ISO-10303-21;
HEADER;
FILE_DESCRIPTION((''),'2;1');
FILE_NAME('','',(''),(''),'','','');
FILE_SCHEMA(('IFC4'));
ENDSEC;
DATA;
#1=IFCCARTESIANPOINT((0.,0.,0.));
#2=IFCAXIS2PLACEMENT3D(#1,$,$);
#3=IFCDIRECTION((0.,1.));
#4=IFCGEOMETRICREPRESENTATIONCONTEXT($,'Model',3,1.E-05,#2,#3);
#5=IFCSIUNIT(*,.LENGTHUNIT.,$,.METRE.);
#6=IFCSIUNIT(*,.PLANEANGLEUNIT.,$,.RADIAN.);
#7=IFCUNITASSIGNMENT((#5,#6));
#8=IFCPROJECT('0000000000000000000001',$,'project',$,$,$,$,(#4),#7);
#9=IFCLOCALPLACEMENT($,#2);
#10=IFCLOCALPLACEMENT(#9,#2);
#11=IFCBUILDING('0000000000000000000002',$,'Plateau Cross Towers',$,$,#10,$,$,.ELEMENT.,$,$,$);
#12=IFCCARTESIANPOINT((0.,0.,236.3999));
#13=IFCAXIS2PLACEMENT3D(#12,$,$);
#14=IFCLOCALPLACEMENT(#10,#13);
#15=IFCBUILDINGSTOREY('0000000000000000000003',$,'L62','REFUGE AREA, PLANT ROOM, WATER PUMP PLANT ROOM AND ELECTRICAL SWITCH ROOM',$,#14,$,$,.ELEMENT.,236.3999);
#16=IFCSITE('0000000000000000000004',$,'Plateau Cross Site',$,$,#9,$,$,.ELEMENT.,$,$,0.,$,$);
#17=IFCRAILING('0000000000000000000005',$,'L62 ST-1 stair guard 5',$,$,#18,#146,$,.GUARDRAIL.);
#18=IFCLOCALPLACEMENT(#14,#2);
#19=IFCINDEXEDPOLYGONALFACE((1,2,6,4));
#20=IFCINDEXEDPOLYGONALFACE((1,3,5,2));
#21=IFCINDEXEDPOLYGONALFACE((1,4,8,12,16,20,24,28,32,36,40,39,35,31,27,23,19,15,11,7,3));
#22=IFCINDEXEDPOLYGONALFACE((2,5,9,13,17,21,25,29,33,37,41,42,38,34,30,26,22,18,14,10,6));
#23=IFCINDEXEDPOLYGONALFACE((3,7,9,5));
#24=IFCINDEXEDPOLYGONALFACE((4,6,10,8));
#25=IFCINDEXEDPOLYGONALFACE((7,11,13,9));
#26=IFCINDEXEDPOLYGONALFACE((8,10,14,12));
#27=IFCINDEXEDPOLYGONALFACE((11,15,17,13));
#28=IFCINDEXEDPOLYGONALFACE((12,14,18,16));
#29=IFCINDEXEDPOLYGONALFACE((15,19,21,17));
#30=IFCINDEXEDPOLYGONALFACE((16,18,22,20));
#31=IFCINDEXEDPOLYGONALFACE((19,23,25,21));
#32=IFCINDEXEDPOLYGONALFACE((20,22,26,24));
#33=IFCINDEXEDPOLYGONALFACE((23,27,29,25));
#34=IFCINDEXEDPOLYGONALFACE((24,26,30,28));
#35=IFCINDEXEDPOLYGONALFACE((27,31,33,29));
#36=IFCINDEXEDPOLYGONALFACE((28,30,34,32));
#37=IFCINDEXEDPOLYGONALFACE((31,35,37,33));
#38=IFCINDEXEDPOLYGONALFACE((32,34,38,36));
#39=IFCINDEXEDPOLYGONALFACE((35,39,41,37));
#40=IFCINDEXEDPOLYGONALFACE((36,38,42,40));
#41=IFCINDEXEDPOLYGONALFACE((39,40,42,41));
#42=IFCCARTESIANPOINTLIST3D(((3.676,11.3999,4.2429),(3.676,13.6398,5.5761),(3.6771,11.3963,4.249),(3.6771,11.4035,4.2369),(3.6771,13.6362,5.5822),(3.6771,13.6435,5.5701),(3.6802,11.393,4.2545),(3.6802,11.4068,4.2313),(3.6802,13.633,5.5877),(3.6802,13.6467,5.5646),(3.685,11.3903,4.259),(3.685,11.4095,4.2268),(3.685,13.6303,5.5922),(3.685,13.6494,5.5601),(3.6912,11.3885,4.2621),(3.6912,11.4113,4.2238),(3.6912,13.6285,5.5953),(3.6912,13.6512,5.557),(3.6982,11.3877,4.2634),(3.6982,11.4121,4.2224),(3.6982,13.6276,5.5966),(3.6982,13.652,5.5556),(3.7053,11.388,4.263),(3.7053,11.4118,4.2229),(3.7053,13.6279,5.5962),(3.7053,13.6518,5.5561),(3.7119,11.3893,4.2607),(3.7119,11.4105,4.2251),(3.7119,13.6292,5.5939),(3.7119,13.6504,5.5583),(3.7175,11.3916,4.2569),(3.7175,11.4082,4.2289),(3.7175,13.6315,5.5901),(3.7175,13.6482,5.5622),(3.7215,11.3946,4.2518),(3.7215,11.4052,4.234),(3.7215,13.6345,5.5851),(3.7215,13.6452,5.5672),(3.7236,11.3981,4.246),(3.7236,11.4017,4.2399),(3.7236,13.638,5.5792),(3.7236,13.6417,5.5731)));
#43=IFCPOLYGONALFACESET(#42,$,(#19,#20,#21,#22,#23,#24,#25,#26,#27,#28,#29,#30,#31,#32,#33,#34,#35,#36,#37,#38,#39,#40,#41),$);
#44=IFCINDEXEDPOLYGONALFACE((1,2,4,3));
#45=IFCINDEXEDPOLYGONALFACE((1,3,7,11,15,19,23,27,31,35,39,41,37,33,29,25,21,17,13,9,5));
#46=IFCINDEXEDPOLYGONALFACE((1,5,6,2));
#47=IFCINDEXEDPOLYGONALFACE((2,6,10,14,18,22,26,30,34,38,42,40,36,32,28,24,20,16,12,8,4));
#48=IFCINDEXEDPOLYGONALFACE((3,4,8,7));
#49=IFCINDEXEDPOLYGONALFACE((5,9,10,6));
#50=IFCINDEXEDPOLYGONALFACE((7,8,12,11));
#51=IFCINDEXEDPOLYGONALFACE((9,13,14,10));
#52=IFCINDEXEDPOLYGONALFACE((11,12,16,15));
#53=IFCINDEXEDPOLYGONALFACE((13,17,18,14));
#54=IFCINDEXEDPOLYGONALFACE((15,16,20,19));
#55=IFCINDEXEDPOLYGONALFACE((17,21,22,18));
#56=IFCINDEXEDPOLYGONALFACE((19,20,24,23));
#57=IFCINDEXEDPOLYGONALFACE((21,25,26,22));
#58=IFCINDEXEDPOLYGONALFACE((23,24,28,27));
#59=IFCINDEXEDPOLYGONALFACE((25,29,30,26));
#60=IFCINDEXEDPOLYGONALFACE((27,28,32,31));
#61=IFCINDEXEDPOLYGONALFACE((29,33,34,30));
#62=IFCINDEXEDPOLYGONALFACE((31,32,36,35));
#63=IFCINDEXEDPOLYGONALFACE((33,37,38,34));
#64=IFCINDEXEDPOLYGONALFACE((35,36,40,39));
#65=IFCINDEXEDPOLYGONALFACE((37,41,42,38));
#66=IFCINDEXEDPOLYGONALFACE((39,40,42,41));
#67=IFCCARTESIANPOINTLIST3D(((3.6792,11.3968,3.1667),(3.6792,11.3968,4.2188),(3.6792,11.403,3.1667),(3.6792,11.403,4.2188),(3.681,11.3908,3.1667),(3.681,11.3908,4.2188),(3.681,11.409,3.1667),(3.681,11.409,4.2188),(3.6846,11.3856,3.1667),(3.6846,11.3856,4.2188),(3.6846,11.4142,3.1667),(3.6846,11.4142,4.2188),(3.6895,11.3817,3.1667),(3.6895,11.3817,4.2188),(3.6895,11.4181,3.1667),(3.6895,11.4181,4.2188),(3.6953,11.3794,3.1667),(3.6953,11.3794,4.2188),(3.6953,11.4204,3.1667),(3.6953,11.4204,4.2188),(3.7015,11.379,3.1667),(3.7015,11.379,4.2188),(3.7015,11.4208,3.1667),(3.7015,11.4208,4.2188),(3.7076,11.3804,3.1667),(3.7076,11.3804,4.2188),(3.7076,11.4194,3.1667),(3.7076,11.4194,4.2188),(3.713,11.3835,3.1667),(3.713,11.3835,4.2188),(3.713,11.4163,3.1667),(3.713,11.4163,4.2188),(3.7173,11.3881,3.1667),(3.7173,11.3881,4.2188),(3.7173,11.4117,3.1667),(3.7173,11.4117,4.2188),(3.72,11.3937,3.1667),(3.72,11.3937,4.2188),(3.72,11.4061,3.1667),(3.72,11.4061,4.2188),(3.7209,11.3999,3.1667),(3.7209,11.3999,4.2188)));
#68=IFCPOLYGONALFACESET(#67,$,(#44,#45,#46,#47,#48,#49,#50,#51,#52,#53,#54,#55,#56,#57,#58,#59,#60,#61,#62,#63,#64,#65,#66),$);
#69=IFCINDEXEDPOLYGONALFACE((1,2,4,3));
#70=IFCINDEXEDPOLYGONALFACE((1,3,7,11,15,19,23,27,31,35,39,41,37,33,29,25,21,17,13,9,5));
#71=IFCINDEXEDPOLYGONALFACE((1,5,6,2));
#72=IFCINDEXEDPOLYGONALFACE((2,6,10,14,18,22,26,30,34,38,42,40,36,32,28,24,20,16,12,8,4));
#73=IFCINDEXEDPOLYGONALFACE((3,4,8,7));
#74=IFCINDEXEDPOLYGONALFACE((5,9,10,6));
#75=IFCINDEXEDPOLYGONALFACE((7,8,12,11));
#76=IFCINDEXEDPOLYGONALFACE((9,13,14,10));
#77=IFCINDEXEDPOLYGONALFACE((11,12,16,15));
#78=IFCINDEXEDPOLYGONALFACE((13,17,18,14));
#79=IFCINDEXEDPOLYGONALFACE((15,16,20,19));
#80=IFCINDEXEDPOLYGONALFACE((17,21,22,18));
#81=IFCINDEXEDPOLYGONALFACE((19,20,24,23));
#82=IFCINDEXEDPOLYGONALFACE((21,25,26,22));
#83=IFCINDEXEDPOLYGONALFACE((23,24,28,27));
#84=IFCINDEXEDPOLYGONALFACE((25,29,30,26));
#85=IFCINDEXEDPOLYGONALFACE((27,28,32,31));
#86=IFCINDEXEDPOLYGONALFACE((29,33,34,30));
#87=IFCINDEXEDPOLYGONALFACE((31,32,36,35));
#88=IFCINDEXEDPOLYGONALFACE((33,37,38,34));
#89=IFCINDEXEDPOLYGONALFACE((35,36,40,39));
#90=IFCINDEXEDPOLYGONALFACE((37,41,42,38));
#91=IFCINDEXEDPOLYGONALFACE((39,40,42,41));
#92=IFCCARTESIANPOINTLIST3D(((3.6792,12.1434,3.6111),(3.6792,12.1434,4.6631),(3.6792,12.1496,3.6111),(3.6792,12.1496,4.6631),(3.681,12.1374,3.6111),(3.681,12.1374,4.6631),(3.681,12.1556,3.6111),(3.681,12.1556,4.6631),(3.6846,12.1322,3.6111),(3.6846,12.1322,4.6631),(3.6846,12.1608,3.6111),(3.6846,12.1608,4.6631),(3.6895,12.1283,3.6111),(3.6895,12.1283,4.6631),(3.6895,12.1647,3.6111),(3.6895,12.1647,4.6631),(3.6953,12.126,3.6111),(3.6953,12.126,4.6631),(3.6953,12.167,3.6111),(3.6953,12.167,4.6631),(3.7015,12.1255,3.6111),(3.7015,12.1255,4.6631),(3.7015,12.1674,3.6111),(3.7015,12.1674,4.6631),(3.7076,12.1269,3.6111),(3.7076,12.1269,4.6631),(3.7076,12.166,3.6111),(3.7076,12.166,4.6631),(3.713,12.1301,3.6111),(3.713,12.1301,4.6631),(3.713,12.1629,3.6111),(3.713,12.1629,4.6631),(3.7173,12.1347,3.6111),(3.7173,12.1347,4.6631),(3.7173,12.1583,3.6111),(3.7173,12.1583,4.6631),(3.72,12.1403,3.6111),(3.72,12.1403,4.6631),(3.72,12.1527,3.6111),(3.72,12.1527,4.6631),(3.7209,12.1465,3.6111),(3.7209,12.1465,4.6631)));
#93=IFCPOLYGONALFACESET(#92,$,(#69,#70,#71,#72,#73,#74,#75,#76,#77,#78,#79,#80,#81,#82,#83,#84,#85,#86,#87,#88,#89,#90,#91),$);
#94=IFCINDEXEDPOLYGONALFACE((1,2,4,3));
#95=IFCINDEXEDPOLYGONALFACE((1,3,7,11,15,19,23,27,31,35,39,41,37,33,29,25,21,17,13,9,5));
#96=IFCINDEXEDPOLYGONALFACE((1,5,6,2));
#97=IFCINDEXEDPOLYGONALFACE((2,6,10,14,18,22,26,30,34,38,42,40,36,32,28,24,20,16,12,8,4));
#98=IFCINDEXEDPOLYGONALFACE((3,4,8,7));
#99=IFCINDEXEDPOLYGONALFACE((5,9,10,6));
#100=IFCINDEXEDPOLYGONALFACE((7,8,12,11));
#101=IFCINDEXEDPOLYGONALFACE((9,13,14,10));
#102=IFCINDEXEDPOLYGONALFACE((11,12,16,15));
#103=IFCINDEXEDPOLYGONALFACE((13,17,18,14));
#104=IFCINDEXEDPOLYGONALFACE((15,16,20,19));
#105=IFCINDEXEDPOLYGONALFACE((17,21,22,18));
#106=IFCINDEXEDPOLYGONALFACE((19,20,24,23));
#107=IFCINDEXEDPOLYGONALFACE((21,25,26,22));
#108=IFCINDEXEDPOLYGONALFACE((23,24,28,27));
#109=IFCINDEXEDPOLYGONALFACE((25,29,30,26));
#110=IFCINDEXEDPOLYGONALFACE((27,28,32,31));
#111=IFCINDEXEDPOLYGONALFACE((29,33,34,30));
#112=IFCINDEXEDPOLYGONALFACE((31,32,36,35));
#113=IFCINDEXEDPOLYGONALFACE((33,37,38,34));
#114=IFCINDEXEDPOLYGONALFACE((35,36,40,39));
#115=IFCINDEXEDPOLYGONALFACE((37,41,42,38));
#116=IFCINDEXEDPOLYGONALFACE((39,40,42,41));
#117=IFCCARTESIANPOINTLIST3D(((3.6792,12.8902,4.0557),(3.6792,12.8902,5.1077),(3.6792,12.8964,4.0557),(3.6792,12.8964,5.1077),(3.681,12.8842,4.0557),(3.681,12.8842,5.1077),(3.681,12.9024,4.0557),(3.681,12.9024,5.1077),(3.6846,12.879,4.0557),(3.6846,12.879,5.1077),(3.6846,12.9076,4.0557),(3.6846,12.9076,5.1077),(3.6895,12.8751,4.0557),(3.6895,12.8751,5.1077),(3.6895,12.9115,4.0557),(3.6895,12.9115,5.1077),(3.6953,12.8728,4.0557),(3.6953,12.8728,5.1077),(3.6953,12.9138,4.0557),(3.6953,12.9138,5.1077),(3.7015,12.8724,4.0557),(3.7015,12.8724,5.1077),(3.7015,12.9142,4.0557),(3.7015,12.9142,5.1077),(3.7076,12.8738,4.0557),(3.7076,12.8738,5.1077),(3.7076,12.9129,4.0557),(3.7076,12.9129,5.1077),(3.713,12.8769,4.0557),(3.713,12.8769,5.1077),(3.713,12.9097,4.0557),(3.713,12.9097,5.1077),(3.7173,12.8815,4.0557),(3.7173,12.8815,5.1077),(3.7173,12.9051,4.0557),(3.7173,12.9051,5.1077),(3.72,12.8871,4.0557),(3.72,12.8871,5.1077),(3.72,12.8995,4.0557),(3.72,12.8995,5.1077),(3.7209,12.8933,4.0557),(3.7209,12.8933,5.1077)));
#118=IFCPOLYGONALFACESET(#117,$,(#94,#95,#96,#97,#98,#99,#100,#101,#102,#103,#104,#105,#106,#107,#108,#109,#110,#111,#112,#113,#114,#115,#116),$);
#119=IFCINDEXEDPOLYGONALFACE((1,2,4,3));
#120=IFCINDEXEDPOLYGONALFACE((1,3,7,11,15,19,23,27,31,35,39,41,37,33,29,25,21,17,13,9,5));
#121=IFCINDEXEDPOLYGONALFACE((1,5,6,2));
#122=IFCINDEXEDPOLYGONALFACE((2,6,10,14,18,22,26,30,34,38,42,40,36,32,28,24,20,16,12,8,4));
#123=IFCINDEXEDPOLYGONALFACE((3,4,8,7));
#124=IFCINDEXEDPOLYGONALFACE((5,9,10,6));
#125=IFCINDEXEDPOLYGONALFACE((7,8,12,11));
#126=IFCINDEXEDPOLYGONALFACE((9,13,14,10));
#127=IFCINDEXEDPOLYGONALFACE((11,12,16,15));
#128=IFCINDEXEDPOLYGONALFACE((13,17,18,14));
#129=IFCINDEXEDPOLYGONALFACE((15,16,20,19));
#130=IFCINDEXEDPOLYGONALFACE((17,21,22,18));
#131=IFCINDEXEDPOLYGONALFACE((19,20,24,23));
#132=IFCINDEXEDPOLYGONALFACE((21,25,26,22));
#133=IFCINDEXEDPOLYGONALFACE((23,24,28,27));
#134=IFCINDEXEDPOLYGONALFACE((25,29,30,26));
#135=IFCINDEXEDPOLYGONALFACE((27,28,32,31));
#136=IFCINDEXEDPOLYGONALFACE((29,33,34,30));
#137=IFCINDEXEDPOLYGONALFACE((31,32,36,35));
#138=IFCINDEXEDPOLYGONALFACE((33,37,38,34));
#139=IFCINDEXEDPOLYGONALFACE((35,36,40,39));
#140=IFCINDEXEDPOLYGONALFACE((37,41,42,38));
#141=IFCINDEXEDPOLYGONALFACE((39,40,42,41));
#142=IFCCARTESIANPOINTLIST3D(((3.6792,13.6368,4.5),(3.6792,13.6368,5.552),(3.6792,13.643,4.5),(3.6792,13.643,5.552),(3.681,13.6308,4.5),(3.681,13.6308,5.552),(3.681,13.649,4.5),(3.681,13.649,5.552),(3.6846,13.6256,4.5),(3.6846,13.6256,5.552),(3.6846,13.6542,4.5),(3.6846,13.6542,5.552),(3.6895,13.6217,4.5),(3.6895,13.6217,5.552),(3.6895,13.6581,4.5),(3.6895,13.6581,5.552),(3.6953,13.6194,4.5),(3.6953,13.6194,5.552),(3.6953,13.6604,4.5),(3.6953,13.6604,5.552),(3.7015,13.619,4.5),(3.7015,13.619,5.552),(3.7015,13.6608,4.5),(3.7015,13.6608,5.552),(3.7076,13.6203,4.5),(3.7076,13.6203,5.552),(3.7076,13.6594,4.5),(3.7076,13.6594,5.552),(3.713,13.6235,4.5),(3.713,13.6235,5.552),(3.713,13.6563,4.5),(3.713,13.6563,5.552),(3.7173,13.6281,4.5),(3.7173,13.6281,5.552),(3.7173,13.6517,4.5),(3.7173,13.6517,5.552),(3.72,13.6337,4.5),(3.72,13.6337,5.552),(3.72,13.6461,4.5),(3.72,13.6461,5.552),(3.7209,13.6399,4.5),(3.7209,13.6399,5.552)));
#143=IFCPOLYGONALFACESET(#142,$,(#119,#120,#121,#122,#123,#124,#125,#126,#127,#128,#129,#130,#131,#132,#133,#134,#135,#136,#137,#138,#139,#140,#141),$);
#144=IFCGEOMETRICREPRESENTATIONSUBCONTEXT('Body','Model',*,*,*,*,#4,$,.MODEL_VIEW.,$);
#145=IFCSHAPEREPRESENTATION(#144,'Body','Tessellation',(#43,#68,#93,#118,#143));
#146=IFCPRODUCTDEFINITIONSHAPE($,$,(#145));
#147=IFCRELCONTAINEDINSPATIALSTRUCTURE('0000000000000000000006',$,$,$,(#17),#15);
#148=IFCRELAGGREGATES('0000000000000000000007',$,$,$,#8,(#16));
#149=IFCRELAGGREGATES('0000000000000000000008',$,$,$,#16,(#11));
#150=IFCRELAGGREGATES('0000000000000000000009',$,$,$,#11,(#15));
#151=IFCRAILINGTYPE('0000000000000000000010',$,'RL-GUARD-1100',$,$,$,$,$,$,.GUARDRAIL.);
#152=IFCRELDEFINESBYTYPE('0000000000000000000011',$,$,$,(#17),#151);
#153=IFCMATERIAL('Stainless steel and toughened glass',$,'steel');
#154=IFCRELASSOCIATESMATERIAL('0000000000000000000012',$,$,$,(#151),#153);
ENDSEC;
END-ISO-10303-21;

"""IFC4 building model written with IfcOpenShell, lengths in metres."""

from ifc_helpers import new_model, si_unit, direction, frame, origin, origin_2d, place, context, subcontext, project, spatial, circle, extrude, material, type_object, element, save


model = new_model("IFC4")

# Units and contexts
model_context = context("Model", 3, precision=1e-05, world=origin(), true_north=direction((0.0, 1.0)))
body_context = subcontext(model_context, "Body", "Model", "MODEL_VIEW")
ifc_project = project(units=[si_unit("LENGTHUNIT", "METRE"), si_unit("PLANEANGLEUNIT", "RADIAN")], contexts=[model_context])

# Site, building, storey
site_placement = place(None, origin())
site = spatial("IfcSite", under=ifc_project, at=site_placement, Name="Plateau Cross Site", CompositionType="ELEMENT", RefElevation=0.0)
building_placement = place(site_placement, origin())
building = spatial("IfcBuilding", under=site, at=building_placement, Name="Plateau Cross Towers", CompositionType="ELEMENT")
storey_placement = place(building_placement, frame((0.0, 0.0, 236.3999)))
storey = spatial("IfcBuildingStorey", under=building, at=storey_placement, Name="L62", Description="REFUGE AREA, PLANT ROOM, WATER PUMP PLANT ROOM AND ELECTRICAL SWITCH ROOM", CompositionType="ELEMENT", Elevation=236.3999)

# Railing
ifc_material_1 = material(Name="Stainless steel and toughened glass", Category="steel")
railing_type_1 = type_object("IfcRailingType", Name="RL-GUARD-1100", PredefinedType="GUARDRAIL", material=ifc_material_1)
railing_1_placement = place(storey_placement, frame((3.7, 11.3999, 3.1667)))
element("IfcRailing", 1, at=railing_1_placement, inside=storey, type_object=railing_type_1, Name="L62 ST-1 stair guard 5", PredefinedType="GUARDRAIL", context=body_context, shape_type="SweptSolid", body=[
    extrude(circle(Radius=0.0239, at=origin_2d()), frame((0.0, 0.0, 1.0762), z_axis=(0.0, 0.859306, 0.511462), x_axis=(-1.0, 0.0, 0.0)), (0.0, 0.0, 1.0), 2.6067),
    extrude(circle(Radius=0.021, at=origin_2d()), origin(), (0.0, 0.0, 1.0), 1.052),
    extrude(circle(Radius=0.021, at=origin_2d()), frame((0.0, 0.7466, 0.4443)), (0.0, 0.0, 1.0), 1.052),
    extrude(circle(Radius=0.021, at=origin_2d()), frame((0.0, 1.4934, 0.8889)), (0.0, 0.0, 1.0), 1.052),
    extrude(circle(Radius=0.021, at=origin_2d()), frame((0.0, 2.24, 1.3333)), (0.0, 0.0, 1.0), 1.052),
])

save(model, "model.ifc")
